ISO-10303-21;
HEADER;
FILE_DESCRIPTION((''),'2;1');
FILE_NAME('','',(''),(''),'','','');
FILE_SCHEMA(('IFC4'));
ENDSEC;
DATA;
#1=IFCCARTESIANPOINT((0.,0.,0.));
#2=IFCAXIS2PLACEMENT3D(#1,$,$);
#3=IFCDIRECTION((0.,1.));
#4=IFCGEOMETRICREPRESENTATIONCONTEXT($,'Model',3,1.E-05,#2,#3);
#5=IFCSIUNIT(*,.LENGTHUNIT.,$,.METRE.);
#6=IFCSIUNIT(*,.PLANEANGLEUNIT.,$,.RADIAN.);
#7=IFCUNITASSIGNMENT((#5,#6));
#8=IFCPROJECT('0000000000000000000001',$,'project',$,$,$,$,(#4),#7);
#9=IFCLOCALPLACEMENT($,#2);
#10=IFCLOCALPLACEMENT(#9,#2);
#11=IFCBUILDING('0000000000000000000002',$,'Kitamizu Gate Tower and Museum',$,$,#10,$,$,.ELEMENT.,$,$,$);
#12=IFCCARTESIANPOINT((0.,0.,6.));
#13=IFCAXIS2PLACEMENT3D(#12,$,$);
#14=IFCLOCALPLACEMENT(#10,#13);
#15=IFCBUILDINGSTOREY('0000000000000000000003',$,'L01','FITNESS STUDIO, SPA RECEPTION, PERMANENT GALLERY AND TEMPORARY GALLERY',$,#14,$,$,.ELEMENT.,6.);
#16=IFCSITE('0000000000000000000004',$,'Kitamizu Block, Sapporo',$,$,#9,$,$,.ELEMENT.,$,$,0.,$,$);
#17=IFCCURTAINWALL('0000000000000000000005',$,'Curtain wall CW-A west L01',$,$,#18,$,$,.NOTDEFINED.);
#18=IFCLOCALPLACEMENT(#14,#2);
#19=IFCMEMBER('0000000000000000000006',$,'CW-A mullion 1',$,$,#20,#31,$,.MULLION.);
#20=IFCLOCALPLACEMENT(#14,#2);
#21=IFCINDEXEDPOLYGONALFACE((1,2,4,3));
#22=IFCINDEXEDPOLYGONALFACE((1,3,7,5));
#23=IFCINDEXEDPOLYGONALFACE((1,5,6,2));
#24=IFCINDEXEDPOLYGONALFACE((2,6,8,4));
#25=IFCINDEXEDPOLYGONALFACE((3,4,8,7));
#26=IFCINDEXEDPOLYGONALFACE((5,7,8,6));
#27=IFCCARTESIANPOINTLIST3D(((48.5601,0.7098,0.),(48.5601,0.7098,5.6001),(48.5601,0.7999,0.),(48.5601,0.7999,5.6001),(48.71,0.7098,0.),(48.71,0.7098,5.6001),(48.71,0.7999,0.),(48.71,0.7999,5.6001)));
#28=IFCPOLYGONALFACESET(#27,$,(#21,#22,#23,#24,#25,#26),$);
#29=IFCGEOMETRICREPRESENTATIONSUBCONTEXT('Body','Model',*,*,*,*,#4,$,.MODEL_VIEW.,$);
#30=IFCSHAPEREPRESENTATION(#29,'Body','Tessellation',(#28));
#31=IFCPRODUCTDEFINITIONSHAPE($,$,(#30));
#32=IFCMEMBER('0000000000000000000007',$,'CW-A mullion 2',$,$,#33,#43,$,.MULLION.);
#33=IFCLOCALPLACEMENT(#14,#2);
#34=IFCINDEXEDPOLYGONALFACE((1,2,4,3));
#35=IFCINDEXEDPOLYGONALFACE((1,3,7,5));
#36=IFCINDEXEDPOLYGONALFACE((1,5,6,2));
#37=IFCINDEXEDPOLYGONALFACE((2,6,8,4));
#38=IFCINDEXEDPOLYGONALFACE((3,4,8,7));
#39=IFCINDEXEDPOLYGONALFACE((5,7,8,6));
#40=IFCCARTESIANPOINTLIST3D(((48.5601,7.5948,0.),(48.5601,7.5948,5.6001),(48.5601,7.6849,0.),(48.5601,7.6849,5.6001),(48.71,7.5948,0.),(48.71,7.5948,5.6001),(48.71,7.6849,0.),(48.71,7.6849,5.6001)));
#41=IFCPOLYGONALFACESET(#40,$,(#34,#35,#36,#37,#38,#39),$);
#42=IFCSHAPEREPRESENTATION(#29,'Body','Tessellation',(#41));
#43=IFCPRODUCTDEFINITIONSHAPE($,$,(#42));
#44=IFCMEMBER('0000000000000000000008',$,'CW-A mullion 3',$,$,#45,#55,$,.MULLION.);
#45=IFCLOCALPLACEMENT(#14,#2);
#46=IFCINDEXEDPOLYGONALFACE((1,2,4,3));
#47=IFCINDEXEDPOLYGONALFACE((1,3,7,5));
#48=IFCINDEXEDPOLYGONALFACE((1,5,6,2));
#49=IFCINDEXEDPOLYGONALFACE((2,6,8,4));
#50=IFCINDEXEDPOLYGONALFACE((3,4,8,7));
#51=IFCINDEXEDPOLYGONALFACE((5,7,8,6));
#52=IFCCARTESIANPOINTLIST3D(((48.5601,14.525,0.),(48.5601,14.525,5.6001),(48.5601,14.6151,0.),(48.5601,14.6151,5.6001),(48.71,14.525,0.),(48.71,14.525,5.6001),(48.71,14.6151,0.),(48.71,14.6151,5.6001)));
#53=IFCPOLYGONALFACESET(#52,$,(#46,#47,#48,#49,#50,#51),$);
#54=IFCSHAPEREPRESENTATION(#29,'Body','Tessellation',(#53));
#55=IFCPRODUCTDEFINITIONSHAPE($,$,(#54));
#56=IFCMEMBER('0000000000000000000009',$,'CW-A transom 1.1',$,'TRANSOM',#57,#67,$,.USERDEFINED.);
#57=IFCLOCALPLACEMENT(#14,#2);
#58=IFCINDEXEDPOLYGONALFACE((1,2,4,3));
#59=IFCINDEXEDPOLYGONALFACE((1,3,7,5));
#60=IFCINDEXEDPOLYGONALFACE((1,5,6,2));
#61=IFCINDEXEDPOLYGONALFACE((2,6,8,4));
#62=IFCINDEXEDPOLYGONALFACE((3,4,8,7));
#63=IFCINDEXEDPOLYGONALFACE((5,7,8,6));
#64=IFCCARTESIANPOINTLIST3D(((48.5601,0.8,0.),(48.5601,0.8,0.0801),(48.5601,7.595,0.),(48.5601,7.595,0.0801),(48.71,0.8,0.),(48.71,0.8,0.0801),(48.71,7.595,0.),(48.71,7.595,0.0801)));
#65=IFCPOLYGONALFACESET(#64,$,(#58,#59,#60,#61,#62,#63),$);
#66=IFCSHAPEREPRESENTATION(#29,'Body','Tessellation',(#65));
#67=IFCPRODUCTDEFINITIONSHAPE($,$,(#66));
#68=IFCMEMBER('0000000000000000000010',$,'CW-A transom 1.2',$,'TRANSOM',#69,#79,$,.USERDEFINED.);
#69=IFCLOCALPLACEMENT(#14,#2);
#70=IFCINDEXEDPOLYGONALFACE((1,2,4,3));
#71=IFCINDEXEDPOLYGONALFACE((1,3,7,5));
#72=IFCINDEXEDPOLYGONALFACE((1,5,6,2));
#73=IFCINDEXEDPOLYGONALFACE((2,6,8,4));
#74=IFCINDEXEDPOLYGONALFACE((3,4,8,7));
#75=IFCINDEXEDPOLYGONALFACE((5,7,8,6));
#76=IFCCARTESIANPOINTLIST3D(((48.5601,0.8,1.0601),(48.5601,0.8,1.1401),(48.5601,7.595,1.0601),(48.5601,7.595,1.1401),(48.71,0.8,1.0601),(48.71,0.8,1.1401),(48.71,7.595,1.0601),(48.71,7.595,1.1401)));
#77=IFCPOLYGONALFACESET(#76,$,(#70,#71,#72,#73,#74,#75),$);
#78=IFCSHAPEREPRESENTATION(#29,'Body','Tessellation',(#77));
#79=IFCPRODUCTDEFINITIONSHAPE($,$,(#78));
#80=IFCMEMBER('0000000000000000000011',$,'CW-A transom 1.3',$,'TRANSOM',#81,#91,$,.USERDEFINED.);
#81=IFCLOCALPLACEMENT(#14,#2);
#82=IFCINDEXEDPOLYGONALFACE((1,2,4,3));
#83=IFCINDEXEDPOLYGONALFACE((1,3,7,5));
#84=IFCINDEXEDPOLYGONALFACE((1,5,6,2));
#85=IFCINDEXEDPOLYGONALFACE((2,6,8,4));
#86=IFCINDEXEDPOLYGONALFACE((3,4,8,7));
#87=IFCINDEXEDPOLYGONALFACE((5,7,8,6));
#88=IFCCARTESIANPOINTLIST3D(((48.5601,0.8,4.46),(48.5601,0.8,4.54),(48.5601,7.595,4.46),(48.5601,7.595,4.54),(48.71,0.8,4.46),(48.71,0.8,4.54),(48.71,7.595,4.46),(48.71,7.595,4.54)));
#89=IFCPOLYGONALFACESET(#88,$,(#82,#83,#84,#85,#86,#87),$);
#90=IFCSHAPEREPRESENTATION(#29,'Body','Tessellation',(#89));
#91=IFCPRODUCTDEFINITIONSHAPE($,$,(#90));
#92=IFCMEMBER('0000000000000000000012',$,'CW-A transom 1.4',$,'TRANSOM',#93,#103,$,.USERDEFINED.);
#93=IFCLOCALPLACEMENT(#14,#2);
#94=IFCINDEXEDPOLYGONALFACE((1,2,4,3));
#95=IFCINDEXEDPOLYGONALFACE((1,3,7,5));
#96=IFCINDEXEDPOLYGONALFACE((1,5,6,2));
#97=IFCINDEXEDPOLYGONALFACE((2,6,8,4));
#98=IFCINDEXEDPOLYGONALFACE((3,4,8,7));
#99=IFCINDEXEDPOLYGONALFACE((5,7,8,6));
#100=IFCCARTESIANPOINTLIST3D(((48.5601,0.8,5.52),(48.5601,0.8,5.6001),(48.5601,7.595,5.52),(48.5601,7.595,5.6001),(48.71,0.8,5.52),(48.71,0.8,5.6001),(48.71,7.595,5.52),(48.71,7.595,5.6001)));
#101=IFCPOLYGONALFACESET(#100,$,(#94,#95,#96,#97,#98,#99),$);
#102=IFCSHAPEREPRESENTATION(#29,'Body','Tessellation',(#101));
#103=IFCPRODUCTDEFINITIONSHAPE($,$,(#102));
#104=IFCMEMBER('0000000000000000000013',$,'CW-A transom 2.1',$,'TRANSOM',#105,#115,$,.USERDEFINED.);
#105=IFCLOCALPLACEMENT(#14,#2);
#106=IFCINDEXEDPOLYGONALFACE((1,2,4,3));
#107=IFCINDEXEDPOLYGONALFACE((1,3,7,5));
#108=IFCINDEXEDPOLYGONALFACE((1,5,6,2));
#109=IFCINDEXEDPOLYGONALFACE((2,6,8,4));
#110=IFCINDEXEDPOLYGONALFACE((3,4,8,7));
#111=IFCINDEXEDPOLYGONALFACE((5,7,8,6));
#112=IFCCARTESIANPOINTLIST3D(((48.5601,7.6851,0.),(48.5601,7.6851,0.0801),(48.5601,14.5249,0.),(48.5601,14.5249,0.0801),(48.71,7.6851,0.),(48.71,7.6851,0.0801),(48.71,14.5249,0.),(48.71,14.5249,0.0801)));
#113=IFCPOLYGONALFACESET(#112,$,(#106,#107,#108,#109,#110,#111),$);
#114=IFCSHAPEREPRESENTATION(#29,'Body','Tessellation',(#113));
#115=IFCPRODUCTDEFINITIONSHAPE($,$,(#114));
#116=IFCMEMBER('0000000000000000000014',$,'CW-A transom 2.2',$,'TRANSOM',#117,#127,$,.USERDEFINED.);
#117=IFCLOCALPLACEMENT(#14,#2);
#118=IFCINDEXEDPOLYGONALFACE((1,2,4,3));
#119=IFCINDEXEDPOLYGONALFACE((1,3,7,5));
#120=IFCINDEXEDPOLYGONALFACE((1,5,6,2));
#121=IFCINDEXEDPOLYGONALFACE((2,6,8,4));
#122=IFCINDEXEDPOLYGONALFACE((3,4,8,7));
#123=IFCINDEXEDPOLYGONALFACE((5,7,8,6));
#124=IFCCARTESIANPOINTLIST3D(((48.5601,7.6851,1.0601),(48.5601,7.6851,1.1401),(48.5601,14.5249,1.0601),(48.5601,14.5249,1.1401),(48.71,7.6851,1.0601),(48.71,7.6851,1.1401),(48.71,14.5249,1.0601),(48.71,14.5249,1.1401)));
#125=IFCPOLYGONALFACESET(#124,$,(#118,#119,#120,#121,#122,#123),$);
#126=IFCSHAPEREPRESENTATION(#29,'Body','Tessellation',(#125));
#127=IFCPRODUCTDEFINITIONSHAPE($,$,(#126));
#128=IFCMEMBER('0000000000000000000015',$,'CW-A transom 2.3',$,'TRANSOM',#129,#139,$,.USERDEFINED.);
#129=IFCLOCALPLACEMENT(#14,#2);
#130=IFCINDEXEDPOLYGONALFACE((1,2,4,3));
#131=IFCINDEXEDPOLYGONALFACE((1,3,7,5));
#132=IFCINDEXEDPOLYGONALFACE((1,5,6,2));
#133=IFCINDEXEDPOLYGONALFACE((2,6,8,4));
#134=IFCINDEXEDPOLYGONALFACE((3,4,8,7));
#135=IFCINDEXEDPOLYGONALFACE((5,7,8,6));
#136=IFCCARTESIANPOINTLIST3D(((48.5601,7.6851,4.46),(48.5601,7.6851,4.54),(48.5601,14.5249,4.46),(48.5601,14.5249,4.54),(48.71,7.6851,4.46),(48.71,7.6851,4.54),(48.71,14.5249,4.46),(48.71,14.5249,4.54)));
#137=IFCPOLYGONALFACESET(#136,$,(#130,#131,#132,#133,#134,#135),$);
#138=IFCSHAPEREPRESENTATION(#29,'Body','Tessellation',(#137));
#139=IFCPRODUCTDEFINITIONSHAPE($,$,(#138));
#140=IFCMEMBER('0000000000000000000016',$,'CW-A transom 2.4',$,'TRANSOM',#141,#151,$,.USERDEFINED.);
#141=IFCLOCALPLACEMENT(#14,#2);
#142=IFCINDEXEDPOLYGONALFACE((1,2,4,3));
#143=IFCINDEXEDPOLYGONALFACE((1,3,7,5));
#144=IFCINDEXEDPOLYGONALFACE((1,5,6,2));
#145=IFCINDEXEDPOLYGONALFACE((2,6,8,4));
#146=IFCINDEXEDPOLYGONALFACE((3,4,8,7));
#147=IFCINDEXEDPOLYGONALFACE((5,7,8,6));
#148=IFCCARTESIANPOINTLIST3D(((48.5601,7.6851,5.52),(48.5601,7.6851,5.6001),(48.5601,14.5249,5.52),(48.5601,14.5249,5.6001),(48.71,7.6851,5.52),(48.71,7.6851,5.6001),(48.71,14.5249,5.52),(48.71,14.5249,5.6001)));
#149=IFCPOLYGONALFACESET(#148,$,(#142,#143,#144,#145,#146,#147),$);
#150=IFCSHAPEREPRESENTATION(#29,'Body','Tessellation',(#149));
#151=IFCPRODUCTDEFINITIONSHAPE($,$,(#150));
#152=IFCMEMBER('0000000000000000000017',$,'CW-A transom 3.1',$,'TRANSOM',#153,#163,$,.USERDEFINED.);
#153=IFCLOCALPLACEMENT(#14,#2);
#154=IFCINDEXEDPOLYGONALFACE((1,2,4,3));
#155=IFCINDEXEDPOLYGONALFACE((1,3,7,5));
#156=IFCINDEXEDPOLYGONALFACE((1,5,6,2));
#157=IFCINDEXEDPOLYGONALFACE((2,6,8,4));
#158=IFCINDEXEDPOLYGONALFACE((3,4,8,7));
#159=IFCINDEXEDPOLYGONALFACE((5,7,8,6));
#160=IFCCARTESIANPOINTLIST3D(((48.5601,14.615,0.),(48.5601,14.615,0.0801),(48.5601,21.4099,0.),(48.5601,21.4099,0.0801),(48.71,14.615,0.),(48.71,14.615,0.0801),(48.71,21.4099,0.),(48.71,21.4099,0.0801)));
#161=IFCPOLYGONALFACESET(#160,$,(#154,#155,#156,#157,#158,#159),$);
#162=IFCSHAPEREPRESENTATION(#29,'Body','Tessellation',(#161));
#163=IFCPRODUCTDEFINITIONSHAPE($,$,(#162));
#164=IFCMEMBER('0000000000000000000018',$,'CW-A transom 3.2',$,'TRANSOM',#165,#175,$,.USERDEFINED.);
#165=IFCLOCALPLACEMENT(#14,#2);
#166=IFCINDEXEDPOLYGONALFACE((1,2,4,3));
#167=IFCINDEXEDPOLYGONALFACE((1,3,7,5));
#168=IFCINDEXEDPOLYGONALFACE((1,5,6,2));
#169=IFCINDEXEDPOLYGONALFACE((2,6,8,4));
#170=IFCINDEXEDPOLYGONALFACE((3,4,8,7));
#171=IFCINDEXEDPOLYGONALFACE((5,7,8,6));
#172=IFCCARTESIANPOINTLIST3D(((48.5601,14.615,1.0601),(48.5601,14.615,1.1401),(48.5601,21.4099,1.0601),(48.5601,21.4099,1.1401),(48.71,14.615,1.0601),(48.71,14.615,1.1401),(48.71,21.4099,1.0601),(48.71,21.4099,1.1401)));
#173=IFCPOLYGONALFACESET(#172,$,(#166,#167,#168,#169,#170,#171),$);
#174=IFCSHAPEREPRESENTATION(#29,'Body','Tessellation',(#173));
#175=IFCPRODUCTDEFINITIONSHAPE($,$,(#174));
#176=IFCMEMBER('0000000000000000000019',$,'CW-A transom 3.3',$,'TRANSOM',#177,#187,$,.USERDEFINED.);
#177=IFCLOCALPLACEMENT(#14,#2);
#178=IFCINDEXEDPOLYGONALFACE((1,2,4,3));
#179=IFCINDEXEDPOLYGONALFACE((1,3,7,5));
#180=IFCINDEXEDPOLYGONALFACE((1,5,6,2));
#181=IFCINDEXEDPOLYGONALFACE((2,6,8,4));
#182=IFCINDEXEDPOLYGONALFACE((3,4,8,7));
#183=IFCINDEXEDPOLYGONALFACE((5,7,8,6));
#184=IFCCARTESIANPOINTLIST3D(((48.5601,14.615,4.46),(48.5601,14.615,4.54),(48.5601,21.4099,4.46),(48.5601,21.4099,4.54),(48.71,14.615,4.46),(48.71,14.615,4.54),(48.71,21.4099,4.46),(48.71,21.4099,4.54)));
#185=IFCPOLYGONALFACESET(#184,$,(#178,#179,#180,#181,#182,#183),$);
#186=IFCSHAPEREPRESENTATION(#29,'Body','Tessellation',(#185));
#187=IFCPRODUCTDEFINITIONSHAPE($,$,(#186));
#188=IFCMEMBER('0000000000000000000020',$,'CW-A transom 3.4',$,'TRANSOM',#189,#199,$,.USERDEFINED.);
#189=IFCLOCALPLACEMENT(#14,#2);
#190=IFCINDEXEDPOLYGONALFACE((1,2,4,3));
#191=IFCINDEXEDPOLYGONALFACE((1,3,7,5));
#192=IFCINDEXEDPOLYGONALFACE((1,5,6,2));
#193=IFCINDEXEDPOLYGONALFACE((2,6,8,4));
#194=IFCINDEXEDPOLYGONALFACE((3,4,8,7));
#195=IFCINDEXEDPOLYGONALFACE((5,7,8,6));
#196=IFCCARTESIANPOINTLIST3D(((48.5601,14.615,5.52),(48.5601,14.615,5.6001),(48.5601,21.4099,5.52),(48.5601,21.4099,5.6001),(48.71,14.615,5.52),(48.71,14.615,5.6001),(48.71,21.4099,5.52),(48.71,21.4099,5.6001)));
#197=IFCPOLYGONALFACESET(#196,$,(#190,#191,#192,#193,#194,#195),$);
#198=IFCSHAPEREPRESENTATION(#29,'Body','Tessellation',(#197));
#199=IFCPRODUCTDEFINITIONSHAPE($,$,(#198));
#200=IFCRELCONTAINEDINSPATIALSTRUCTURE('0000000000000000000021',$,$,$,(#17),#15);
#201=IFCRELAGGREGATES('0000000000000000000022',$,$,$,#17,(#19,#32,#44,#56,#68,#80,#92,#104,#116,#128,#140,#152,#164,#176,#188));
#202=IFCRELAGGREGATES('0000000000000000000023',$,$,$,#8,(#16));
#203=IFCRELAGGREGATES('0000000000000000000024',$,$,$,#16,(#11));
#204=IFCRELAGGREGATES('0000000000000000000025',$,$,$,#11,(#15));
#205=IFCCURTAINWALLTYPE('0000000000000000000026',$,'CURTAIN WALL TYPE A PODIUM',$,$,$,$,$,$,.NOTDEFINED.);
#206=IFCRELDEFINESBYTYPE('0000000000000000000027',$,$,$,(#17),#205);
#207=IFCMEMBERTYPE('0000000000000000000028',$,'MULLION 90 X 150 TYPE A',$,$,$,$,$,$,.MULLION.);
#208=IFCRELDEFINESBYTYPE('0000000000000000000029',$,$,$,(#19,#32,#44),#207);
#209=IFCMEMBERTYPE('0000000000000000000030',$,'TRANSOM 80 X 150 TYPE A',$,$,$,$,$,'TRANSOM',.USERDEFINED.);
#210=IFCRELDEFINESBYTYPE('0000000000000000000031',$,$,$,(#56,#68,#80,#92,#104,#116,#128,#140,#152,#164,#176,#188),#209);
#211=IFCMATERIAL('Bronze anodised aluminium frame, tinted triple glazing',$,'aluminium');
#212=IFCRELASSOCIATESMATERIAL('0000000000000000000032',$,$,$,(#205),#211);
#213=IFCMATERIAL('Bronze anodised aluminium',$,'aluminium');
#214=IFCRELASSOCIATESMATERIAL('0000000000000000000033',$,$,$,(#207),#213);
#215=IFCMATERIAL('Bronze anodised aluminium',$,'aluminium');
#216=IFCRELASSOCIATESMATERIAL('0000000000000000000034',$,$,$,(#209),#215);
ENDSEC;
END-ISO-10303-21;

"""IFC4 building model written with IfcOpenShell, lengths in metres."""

from ifc_helpers import new_model, si_unit, direction, frame, origin, origin_2d, place, context, subcontext, project, spatial, rectangle, extrude, material, material_profile, profile_set, type_object, element, aggregate, save


model = new_model("IFC4")

# Units and contexts
model_context = context("Model", 3, precision=1e-05, world=origin(), true_north=direction((0.0, 1.0)))
body_context = subcontext(model_context, "Body", "Model", "MODEL_VIEW")
ifc_project = project(units=[si_unit("LENGTHUNIT", "METRE"), si_unit("PLANEANGLEUNIT", "RADIAN")], contexts=[model_context])

# Site, building, storey
site_placement = place(None, origin())
site = spatial("IfcSite", under=ifc_project, at=site_placement, Name="Kitamizu Block, Sapporo", CompositionType="ELEMENT", RefElevation=0.0)
building_placement = place(site_placement, origin())
building = spatial("IfcBuilding", under=site, at=building_placement, Name="Kitamizu Gate Tower and Museum", CompositionType="ELEMENT")
storey_placement = place(building_placement, frame((0.0, 0.0, 6.0)))
storey = spatial("IfcBuildingStorey", under=building, at=storey_placement, Name="L01", Description="FITNESS STUDIO, SPA RECEPTION, PERMANENT GALLERY AND TEMPORARY GALLERY", CompositionType="ELEMENT", Elevation=6.0)

# Curtain wall, members
ifc_material_1 = material(Name="Bronze anodised aluminium frame, tinted triple glazing", Category="aluminium")
curtain_wall_type = type_object("IfcCurtainWallType", Name="CURTAIN WALL TYPE A PODIUM", PredefinedType="NOTDEFINED", material=ifc_material_1)
curtain_wall_placement = place(storey_placement, origin())
curtain_wall = element("IfcCurtainWall", 1, at=curtain_wall_placement, inside=storey, type_object=curtain_wall_type, Name="Curtain wall CW-A west L01", PredefinedType="NOTDEFINED")
ifc_material_2 = material(Name="Bronze anodised aluminium", Category="aluminium")
ifc_material_profile_1 = material_profile(ifc_material_2, rectangle(XDim=0.0901, YDim=0.1499, at=origin_2d()), Name="AL 90X150")
ifc_profile_set_1 = profile_set([ifc_material_profile_1], Name="Bronze anodised aluminium")
member_type_1 = type_object("IfcMemberType", Name="MULLION 90 X 150 TYPE A", PredefinedType="MULLION", material=ifc_profile_set_1)
member_1_placement = place(storey_placement, frame((48.635, 0.7549, 0.0), z_axis=(0.0, 0.0, 1.0), x_axis=(0.0, 1.0, 0.0)))
member_1 = element("IfcMember", 2, at=member_1_placement, type_object=member_type_1, Name="CW-A mullion 1", PredefinedType="MULLION", context=body_context, shape_type="SweptSolid", body=[
    extrude(rectangle(XDim=0.0901, YDim=0.1499, at=origin_2d()), origin(), (0.0, 0.0, 1.0), 5.6001),
])
member_2_placement = place(storey_placement, frame((48.635, 7.6399, 0.0), z_axis=(0.0, 0.0, 1.0), x_axis=(0.0, 1.0, 0.0)))
member_2 = element("IfcMember", 3, at=member_2_placement, type_object=member_type_1, Name="CW-A mullion 2", PredefinedType="MULLION", context=body_context, shape_type="SweptSolid", body=[
    extrude(rectangle(XDim=0.0901, YDim=0.1499, at=origin_2d()), origin(), (0.0, 0.0, 1.0), 5.6001),
])
member_3_placement = place(storey_placement, frame((48.635, 14.5701, 0.0), z_axis=(0.0, 0.0, 1.0), x_axis=(0.0, 1.0, 0.0)))
member_3 = element("IfcMember", 4, at=member_3_placement, type_object=member_type_1, Name="CW-A mullion 3", PredefinedType="MULLION", context=body_context, shape_type="SweptSolid", body=[
    extrude(rectangle(XDim=0.0901, YDim=0.1499, at=origin_2d()), origin(), (0.0, 0.0, 1.0), 5.6001),
])
ifc_material_3 = material(Name="Bronze anodised aluminium", Category="aluminium")
ifc_material_profile_2 = material_profile(ifc_material_3, rectangle(XDim=0.1499, YDim=0.0801, at=origin_2d()), Name="AL 80X150")
ifc_profile_set_2 = profile_set([ifc_material_profile_2], Name="Bronze anodised aluminium")
member_type_2 = type_object("IfcMemberType", Name="TRANSOM 80 X 150 TYPE A", ElementType="TRANSOM", PredefinedType="USERDEFINED", material=ifc_profile_set_2)
member_4_placement = place(storey_placement, frame((48.635, 0.8, 0.04), z_axis=(0.0, 1.0, 0.0), x_axis=(-1.0, 0.0, 0.0)))
member_4 = element("IfcMember", 5, at=member_4_placement, type_object=member_type_2, Name="CW-A transom 1.1", ObjectType="TRANSOM", PredefinedType="USERDEFINED", context=body_context, shape_type="SweptSolid", body=[
    extrude(rectangle(XDim=0.1499, YDim=0.0801, at=origin_2d()), origin(), (0.0, 0.0, 1.0), 6.7949),
])
member_5_placement = place(storey_placement, frame((48.635, 0.8, 1.1001), z_axis=(0.0, 1.0, 0.0), x_axis=(-1.0, 0.0, 0.0)))
member_5 = element("IfcMember", 6, at=member_5_placement, type_object=member_type_2, Name="CW-A transom 1.2", ObjectType="TRANSOM", PredefinedType="USERDEFINED", context=body_context, shape_type="SweptSolid", body=[
    extrude(rectangle(XDim=0.1499, YDim=0.0801, at=origin_2d()), origin(), (0.0, 0.0, 1.0), 6.7949),
])
member_6_placement = place(storey_placement, frame((48.635, 0.8, 4.5), z_axis=(0.0, 1.0, 0.0), x_axis=(-1.0, 0.0, 0.0)))
member_6 = element("IfcMember", 7, at=member_6_placement, type_object=member_type_2, Name="CW-A transom 1.3", ObjectType="TRANSOM", PredefinedType="USERDEFINED", context=body_context, shape_type="SweptSolid", body=[
    extrude(rectangle(XDim=0.1499, YDim=0.0801, at=origin_2d()), origin(), (0.0, 0.0, 1.0), 6.7949),
])
member_7_placement = place(storey_placement, frame((48.635, 0.8, 5.5601), z_axis=(0.0, 1.0, 0.0), x_axis=(-1.0, 0.0, 0.0)))
member_7 = element("IfcMember", 8, at=member_7_placement, type_object=member_type_2, Name="CW-A transom 1.4", ObjectType="TRANSOM", PredefinedType="USERDEFINED", context=body_context, shape_type="SweptSolid", body=[
    extrude(rectangle(XDim=0.1499, YDim=0.0801, at=origin_2d()), origin(), (0.0, 0.0, 1.0), 6.7949),
])
member_8_placement = place(storey_placement, frame((48.635, 7.6851, 0.04), z_axis=(0.0, 1.0, 0.0), x_axis=(-1.0, 0.0, 0.0)))
member_8 = element("IfcMember", 9, at=member_8_placement, type_object=member_type_2, Name="CW-A transom 2.1", ObjectType="TRANSOM", PredefinedType="USERDEFINED", context=body_context, shape_type="SweptSolid", body=[
    extrude(rectangle(XDim=0.1499, YDim=0.0801, at=origin_2d()), origin(), (0.0, 0.0, 1.0), 6.8398),
])
member_9_placement = place(storey_placement, frame((48.635, 7.6851, 1.1001), z_axis=(0.0, 1.0, 0.0), x_axis=(-1.0, 0.0, 0.0)))
member_9 = element("IfcMember", 10, at=member_9_placement, type_object=member_type_2, Name="CW-A transom 2.2", ObjectType="TRANSOM", PredefinedType="USERDEFINED", context=body_context, shape_type="SweptSolid", body=[
    extrude(rectangle(XDim=0.1499, YDim=0.0801, at=origin_2d()), origin(), (0.0, 0.0, 1.0), 6.8398),
])
member_10_placement = place(storey_placement, frame((48.635, 7.6851, 4.5), z_axis=(0.0, 1.0, 0.0), x_axis=(-1.0, 0.0, 0.0)))
member_10 = element("IfcMember", 11, at=member_10_placement, type_object=member_type_2, Name="CW-A transom 2.3", ObjectType="TRANSOM", PredefinedType="USERDEFINED", context=body_context, shape_type="SweptSolid", body=[
    extrude(rectangle(XDim=0.1499, YDim=0.0801, at=origin_2d()), origin(), (0.0, 0.0, 1.0), 6.8398),
])
member_11_placement = place(storey_placement, frame((48.635, 7.6851, 5.5601), z_axis=(0.0, 1.0, 0.0), x_axis=(-1.0, 0.0, 0.0)))
member_11 = element("IfcMember", 12, at=member_11_placement, type_object=member_type_2, Name="CW-A transom 2.4", ObjectType="TRANSOM", PredefinedType="USERDEFINED", context=body_context, shape_type="SweptSolid", body=[
    extrude(rectangle(XDim=0.1499, YDim=0.0801, at=origin_2d()), origin(), (0.0, 0.0, 1.0), 6.8398),
])
member_12_placement = place(storey_placement, frame((48.635, 14.615, 0.04), z_axis=(0.0, 1.0, 0.0), x_axis=(-1.0, 0.0, 0.0)))
member_12 = element("IfcMember", 13, at=member_12_placement, type_object=member_type_2, Name="CW-A transom 3.1", ObjectType="TRANSOM", PredefinedType="USERDEFINED", context=body_context, shape_type="SweptSolid", body=[
    extrude(rectangle(XDim=0.1499, YDim=0.0801, at=origin_2d()), origin(), (0.0, 0.0, 1.0), 6.7949),
])
member_13_placement = place(storey_placement, frame((48.635, 14.615, 1.1001), z_axis=(0.0, 1.0, 0.0), x_axis=(-1.0, 0.0, 0.0)))
member_13 = element("IfcMember", 14, at=member_13_placement, type_object=member_type_2, Name="CW-A transom 3.2", ObjectType="TRANSOM", PredefinedType="USERDEFINED", context=body_context, shape_type="SweptSolid", body=[
    extrude(rectangle(XDim=0.1499, YDim=0.0801, at=origin_2d()), origin(), (0.0, 0.0, 1.0), 6.7949),
])
member_14_placement = place(storey_placement, frame((48.635, 14.615, 4.5), z_axis=(0.0, 1.0, 0.0), x_axis=(-1.0, 0.0, 0.0)))
member_14 = element("IfcMember", 15, at=member_14_placement, type_object=member_type_2, Name="CW-A transom 3.3", ObjectType="TRANSOM", PredefinedType="USERDEFINED", context=body_context, shape_type="SweptSolid", body=[
    extrude(rectangle(XDim=0.1499, YDim=0.0801, at=origin_2d()), origin(), (0.0, 0.0, 1.0), 6.7949),
])
member_15_placement = place(storey_placement, frame((48.635, 14.615, 5.5601), z_axis=(0.0, 1.0, 0.0), x_axis=(-1.0, 0.0, 0.0)))
member_15 = element("IfcMember", 16, at=member_15_placement, type_object=member_type_2, Name="CW-A transom 3.4", ObjectType="TRANSOM", PredefinedType="USERDEFINED", context=body_context, shape_type="SweptSolid", body=[
    extrude(rectangle(XDim=0.1499, YDim=0.0801, at=origin_2d()), origin(), (0.0, 0.0, 1.0), 6.7949),
])
aggregate(curtain_wall, [member_1, member_2, member_3, member_4, member_5, member_6, member_7, member_8, member_9, member_10, member_11, member_12, member_13, member_14, member_15])

save(model, "model.ifc")
